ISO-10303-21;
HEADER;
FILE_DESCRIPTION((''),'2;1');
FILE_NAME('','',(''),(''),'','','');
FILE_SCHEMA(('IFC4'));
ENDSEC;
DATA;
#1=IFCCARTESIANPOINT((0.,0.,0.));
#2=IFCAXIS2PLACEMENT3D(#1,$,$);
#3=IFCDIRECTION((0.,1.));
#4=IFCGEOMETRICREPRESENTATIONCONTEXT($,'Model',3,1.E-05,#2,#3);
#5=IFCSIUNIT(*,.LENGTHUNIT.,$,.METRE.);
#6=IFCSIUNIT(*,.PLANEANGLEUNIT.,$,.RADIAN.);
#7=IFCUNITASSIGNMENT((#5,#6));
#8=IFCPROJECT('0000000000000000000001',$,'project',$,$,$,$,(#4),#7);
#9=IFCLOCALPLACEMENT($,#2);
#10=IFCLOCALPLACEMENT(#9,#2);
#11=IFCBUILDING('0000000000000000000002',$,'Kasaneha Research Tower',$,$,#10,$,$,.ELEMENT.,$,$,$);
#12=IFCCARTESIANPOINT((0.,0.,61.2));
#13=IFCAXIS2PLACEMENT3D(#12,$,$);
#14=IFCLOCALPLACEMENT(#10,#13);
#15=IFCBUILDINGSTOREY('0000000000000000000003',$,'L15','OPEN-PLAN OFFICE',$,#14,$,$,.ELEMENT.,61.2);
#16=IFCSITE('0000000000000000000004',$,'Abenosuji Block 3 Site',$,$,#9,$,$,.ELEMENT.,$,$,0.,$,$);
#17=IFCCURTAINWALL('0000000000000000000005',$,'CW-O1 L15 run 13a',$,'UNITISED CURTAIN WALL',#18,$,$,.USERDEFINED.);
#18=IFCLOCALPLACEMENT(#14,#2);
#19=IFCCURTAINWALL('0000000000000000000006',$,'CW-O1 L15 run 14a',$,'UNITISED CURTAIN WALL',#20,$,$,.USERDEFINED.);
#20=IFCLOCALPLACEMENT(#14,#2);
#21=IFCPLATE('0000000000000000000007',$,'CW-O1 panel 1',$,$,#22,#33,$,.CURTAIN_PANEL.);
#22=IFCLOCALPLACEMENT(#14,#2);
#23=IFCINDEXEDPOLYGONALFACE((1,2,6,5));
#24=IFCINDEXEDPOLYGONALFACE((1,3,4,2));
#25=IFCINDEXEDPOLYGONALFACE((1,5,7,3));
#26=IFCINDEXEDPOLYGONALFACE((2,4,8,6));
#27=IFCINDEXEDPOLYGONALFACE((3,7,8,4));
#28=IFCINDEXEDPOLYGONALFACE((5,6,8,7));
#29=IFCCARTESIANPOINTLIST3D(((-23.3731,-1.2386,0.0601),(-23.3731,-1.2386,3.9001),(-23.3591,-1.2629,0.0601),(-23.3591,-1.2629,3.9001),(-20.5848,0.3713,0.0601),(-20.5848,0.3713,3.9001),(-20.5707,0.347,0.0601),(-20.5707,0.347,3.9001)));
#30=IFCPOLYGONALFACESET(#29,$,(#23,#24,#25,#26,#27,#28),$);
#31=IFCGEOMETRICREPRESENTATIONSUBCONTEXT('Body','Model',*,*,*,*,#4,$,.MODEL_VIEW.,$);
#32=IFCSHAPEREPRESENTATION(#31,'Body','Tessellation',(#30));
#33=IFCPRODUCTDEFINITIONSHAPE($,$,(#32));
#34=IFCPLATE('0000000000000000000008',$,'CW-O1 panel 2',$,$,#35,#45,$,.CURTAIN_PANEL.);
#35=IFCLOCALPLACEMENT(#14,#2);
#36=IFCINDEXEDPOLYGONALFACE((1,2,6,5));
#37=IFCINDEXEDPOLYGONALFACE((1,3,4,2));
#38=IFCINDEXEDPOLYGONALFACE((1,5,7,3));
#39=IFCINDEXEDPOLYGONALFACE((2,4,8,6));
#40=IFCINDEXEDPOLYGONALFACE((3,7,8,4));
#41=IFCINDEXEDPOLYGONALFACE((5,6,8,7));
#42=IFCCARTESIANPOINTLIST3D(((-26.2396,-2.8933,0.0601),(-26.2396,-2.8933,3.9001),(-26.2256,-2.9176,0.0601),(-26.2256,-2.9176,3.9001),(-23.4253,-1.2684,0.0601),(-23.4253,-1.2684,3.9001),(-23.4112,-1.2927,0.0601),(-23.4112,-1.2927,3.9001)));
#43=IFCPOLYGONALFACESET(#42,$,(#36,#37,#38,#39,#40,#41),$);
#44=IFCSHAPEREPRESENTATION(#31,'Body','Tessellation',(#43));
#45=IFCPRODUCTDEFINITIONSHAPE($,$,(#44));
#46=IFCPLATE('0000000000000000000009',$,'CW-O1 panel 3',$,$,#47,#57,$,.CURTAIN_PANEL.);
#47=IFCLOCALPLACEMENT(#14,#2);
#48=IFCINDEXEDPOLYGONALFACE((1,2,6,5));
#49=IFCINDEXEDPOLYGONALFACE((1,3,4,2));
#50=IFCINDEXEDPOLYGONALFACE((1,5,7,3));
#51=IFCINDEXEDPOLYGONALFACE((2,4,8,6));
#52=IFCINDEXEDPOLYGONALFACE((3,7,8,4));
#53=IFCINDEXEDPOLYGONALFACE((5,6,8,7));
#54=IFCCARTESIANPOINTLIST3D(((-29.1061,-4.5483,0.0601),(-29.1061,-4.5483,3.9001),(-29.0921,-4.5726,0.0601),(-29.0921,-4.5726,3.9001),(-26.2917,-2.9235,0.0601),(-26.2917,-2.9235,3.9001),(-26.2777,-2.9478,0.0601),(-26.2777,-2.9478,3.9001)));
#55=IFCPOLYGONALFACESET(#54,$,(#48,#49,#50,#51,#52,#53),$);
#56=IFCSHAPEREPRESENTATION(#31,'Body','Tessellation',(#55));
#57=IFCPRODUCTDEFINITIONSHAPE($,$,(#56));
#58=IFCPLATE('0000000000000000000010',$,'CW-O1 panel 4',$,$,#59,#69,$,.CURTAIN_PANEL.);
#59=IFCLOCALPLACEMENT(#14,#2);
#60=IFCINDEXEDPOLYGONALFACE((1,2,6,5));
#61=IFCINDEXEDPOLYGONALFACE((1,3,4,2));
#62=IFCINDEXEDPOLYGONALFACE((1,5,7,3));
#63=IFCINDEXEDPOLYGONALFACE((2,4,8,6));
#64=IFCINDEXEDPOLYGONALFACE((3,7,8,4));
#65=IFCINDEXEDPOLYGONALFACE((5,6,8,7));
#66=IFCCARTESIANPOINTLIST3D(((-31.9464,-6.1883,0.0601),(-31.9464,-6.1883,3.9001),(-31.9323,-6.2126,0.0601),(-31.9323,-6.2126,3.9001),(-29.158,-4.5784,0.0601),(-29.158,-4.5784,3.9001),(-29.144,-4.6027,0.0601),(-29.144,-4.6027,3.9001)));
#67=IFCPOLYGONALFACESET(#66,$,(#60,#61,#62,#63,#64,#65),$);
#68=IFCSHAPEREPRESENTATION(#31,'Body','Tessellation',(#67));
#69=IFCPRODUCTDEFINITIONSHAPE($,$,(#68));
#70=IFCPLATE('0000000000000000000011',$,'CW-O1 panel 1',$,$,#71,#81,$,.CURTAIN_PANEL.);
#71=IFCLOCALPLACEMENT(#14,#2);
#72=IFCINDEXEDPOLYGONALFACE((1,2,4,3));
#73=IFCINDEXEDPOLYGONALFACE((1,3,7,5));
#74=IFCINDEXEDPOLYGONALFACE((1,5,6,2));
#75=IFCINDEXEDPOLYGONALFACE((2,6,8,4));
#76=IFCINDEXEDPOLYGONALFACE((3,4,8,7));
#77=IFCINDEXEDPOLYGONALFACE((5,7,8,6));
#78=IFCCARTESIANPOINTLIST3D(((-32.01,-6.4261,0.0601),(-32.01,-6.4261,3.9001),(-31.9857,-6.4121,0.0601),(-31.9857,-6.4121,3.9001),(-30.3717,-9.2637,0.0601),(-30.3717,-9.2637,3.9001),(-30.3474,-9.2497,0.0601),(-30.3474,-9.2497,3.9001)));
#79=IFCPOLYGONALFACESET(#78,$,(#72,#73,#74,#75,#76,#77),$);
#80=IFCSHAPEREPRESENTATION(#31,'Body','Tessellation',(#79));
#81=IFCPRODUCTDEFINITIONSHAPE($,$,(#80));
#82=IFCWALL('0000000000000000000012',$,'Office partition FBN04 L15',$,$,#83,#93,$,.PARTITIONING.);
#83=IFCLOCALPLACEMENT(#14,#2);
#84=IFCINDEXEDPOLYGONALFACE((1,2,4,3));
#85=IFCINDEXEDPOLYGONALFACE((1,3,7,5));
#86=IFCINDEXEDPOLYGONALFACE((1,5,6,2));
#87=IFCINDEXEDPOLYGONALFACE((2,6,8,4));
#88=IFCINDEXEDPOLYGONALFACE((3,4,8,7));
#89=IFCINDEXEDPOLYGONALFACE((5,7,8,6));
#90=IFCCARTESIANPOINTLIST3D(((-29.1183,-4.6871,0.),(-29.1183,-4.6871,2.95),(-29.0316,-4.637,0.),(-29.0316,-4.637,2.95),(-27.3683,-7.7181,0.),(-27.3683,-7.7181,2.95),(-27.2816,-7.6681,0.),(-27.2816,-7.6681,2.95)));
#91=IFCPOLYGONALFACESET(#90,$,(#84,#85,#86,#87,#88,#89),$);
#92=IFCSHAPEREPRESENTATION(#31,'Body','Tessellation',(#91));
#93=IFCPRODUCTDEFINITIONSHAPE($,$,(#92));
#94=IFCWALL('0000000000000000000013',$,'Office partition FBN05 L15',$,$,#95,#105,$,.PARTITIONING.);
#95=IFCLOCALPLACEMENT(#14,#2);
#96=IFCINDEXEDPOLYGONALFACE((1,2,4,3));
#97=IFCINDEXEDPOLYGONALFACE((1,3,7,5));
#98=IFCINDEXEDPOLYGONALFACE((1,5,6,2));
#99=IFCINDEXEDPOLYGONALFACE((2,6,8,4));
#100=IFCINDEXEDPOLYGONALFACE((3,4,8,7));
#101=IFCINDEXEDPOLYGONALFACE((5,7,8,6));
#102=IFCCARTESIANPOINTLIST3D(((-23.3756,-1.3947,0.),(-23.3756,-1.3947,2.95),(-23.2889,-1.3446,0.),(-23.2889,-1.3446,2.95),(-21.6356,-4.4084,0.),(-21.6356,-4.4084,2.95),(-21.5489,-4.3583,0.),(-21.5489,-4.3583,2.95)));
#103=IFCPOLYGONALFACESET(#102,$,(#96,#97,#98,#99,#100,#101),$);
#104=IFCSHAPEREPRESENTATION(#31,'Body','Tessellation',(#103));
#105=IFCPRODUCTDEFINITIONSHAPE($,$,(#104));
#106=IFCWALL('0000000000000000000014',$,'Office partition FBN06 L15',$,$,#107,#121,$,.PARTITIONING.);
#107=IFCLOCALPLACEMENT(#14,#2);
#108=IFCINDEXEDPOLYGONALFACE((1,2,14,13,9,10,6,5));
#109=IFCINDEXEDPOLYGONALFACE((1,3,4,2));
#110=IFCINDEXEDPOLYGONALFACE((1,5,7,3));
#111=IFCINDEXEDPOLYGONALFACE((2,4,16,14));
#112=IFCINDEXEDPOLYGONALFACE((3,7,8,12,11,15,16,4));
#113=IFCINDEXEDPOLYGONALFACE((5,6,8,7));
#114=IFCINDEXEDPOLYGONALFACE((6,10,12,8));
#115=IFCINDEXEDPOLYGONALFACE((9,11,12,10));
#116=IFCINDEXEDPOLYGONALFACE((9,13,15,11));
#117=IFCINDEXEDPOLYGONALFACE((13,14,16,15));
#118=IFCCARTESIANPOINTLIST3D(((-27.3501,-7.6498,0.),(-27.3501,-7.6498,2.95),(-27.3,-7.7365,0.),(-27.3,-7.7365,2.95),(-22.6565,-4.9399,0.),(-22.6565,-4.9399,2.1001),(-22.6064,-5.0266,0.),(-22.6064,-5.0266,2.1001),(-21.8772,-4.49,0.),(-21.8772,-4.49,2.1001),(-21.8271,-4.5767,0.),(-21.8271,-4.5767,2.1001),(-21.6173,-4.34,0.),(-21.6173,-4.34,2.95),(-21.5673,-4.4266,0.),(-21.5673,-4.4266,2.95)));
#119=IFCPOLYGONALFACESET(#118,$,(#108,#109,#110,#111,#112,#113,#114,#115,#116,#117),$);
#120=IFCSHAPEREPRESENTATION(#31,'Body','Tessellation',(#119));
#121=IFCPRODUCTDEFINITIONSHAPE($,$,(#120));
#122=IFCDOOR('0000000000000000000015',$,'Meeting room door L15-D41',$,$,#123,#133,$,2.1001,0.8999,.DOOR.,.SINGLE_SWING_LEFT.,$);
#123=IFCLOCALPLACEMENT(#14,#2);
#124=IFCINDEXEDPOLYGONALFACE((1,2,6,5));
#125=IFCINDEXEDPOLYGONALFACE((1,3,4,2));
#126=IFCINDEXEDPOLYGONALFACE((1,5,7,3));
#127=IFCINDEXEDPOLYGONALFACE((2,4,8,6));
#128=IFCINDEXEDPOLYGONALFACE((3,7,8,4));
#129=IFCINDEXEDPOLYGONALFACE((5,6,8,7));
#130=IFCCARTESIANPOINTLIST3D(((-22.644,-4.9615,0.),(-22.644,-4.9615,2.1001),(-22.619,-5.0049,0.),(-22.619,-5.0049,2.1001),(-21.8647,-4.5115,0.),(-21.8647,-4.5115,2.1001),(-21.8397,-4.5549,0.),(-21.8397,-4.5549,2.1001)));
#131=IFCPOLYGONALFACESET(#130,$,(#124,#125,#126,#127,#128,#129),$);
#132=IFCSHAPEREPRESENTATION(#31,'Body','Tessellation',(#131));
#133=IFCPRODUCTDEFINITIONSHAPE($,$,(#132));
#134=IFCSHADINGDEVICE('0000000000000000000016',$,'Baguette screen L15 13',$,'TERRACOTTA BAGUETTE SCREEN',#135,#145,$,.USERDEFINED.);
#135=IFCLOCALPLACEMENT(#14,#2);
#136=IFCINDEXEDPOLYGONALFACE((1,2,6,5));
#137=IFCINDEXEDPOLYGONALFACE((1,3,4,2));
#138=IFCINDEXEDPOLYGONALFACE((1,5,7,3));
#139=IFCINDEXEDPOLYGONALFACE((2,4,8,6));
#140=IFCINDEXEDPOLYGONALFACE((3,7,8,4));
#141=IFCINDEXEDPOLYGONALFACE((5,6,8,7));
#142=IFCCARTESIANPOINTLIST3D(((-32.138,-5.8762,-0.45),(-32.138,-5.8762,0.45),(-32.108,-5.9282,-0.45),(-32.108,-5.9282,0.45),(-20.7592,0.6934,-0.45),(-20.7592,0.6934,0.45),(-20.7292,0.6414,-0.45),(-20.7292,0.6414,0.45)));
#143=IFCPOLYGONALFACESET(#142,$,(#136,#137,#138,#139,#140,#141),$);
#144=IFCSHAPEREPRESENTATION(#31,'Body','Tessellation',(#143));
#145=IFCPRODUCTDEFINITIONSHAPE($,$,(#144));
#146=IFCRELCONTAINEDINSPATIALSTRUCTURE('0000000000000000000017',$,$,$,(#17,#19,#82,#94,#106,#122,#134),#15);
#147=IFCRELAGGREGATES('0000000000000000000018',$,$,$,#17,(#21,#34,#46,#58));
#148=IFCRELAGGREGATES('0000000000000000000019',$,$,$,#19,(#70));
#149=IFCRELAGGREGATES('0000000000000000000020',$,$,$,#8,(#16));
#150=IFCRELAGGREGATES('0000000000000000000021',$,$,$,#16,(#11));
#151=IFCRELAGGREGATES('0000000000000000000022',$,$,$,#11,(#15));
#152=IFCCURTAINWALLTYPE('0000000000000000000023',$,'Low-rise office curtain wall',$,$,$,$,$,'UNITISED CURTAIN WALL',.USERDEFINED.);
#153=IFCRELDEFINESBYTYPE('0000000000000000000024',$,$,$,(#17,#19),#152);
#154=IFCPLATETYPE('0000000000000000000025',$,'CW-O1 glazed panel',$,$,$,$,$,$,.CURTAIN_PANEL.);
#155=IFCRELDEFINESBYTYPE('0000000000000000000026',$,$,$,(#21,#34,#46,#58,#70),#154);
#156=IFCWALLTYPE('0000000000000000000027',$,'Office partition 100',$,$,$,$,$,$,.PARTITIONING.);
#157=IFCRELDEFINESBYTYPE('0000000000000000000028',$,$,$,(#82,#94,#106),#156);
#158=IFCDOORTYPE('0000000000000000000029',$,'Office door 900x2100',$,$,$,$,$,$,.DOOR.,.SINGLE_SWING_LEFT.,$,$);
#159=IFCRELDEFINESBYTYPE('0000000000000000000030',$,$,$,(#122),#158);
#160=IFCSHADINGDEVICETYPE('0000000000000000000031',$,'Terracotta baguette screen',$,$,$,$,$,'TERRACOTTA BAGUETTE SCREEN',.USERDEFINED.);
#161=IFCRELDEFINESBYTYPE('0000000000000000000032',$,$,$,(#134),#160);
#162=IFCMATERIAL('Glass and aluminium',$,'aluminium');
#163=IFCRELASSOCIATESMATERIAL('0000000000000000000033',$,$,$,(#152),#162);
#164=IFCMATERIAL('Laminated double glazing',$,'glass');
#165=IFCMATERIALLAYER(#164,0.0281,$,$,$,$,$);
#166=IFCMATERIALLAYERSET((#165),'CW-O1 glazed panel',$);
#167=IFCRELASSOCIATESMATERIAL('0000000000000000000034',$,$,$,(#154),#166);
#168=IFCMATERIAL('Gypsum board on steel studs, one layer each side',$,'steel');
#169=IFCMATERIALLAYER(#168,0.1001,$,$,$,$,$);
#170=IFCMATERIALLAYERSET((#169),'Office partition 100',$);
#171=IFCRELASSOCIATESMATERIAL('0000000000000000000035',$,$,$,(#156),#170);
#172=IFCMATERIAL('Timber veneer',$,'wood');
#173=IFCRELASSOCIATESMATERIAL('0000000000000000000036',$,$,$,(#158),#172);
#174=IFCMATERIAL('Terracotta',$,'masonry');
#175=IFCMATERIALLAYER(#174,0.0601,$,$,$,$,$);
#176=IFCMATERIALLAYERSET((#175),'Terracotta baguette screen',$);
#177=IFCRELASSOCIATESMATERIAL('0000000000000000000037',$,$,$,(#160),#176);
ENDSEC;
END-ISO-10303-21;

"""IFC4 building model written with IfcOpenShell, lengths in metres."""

from ifc_helpers import new_model, si_unit, direction, frame, frame_2d, origin, origin_2d, place, context, subcontext, project, spatial, rectangle, extrude, material, layer, layer_set, type_object, element, fill, aggregate, save


model = new_model("IFC4")

# Units and contexts
model_context = context("Model", 3, precision=1e-05, world=origin(), true_north=direction((0.0, 1.0)))
body_context = subcontext(model_context, "Body", "Model", "MODEL_VIEW")
ifc_project = project(units=[si_unit("LENGTHUNIT", "METRE"), si_unit("PLANEANGLEUNIT", "RADIAN")], contexts=[model_context])

# Site, building, storey
site_placement = place(None, origin())
site = spatial("IfcSite", under=ifc_project, at=site_placement, Name="Abenosuji Block 3 Site", CompositionType="ELEMENT", RefElevation=0.0)
building_placement = place(site_placement, origin())
building = spatial("IfcBuilding", under=site, at=building_placement, Name="Kasaneha Research Tower", CompositionType="ELEMENT")
storey_placement = place(building_placement, frame((0.0, 0.0, 61.2)))
storey = spatial("IfcBuildingStorey", under=building, at=storey_placement, Name="L15", Description="OPEN-PLAN OFFICE", CompositionType="ELEMENT", Elevation=61.2)

# Curtain wall
ifc_material_1 = material(Name="Glass and aluminium", Category="aluminium")
curtain_wall_type = type_object("IfcCurtainWallType", Name="Low-rise office curtain wall", ElementType="UNITISED CURTAIN WALL", PredefinedType="USERDEFINED", material=ifc_material_1)
curtain_wall_1_placement = place(storey_placement, origin())
curtain_wall_1 = element("IfcCurtainWall", 1, at=curtain_wall_1_placement, inside=storey, type_object=curtain_wall_type, Name="CW-O1 L15 run 13a", ObjectType="UNITISED CURTAIN WALL", PredefinedType="USERDEFINED")

# Curtain wall
curtain_wall_2_placement = place(storey_placement, origin())
curtain_wall_2 = element("IfcCurtainWall", 2, at=curtain_wall_2_placement, inside=storey, type_object=curtain_wall_type, Name="CW-O1 L15 run 14a", ObjectType="UNITISED CURTAIN WALL", PredefinedType="USERDEFINED")

# Plates
ifc_material_2 = material(Name="Laminated double glazing", Category="glass")
ifc_layer_1 = layer(ifc_material_2, 0.0281)
ifc_layer_set_1 = layer_set([ifc_layer_1], Name="CW-O1 glazed panel")
plate_type = type_object("IfcPlateType", Name="CW-O1 glazed panel", PredefinedType="CURTAIN_PANEL", material=ifc_layer_set_1)
plate_1_placement = place(storey_placement, frame((-21.9719, -0.4458, 0.0601), z_axis=(0.0, 0.0, 1.0), x_axis=(-0.866025, -0.5, 0.0)))
plate_1 = element("IfcPlate", 3, at=plate_1_placement, type_object=plate_type, Name="CW-O1 panel 1", PredefinedType="CURTAIN_PANEL", context=body_context, shape_type="SweptSolid", body=[
    extrude(rectangle(XDim=3.2197, YDim=0.0281, at=origin_2d()), origin(), (0.0, 0.0, 1.0), 3.8401),
])
plate_2_placement = place(storey_placement, frame((-24.8254, -2.093, 0.0601), z_axis=(0.0, 0.0, 1.0), x_axis=(-0.866025, -0.5, 0.0)))
plate_2 = element("IfcPlate", 4, at=plate_2_placement, type_object=plate_type, Name="CW-O1 panel 2", PredefinedType="CURTAIN_PANEL", context=body_context, shape_type="SweptSolid", body=[
    extrude(rectangle(XDim=3.2498, YDim=0.0281, at=origin_2d()), origin(), (0.0, 0.0, 1.0), 3.8401),
])
plate_3_placement = place(storey_placement, frame((-27.6919, -3.748, 0.0601), z_axis=(0.0, 0.0, 1.0), x_axis=(-0.866025, -0.5, 0.0)))
plate_3 = element("IfcPlate", 5, at=plate_3_placement, type_object=plate_type, Name="CW-O1 panel 3", PredefinedType="CURTAIN_PANEL", context=body_context, shape_type="SweptSolid", body=[
    extrude(rectangle(XDim=3.2498, YDim=0.0281, at=origin_2d()), origin(), (0.0, 0.0, 1.0), 3.8401),
])
plate_4_placement = place(storey_placement, frame((-30.5452, -5.3955, 0.0601), z_axis=(0.0, 0.0, 1.0), x_axis=(-0.866025, -0.5, 0.0)))
plate_4 = element("IfcPlate", 6, at=plate_4_placement, type_object=plate_type, Name="CW-O1 panel 4", PredefinedType="CURTAIN_PANEL", context=body_context, shape_type="SweptSolid", body=[
    extrude(rectangle(XDim=3.2197, YDim=0.0281, at=origin_2d()), origin(), (0.0, 0.0, 1.0), 3.8401),
])
aggregate(curtain_wall_1, [plate_1, plate_2, plate_3, plate_4])
plate_5_placement = place(storey_placement, frame((-31.1787, -7.8379, 0.0601), z_axis=(0.0, 0.0, 1.0), x_axis=(0.5, -0.866025, 0.0)))
plate_5 = element("IfcPlate", 7, at=plate_5_placement, type_object=plate_type, Name="CW-O1 panel 1", PredefinedType="CURTAIN_PANEL", context=body_context, shape_type="SweptSolid", body=[
    extrude(rectangle(XDim=3.2766, YDim=0.0281, at=origin_2d()), origin(), (0.0, 0.0, 1.0), 3.8401),
])
aggregate(curtain_wall_2, [plate_5])

# Walls
ifc_material_3 = material(Name="Gypsum board on steel studs, one layer each side", Category="steel")
ifc_layer_2 = layer(ifc_material_3, 0.1001)
ifc_layer_set_2 = layer_set([ifc_layer_2], Name="Office partition 100")
wall_type = type_object("IfcWallType", Name="Office partition 100", PredefinedType="PARTITIONING", material=ifc_layer_set_2)
wall_1_placement = place(storey_placement, frame((-27.325, -7.6931, 0.0), z_axis=(0.0, 0.0, 1.0), x_axis=(-0.50001, 0.866019, 0.0)))
element("IfcWall", 8, at=wall_1_placement, inside=storey, type_object=wall_type, Name="Office partition FBN04 L15", PredefinedType="PARTITIONING", context=body_context, shape_type="SweptSolid", body=[
    extrude(rectangle(XDim=3.5, YDim=0.1001, at=frame_2d((1.75, 0.0))), origin(), (0.0, 0.0, 1.0), 2.95),
])
wall_2_placement = place(storey_placement, frame((-23.3323, -1.3696, 0.0), z_axis=(0.0, 0.0, 1.0), x_axis=(0.50001, -0.86602, 0.0)))
element("IfcWall", 9, at=wall_2_placement, inside=storey, type_object=wall_type, Name="Office partition FBN05 L15", PredefinedType="PARTITIONING", context=body_context, shape_type="SweptSolid", body=[
    extrude(rectangle(XDim=3.48, YDim=0.1001, at=frame_2d((1.74, 0.0))), origin(), (0.0, 0.0, 1.0), 2.95),
])

# Wall, opening, door
wall_3_placement = place(storey_placement, frame((-21.5923, -4.3833, 0.0), z_axis=(0.0, 0.0, 1.0), x_axis=(-0.866022, -0.500007, 0.0)))
wall_3 = element("IfcWall", 10, at=wall_3_placement, inside=storey, type_object=wall_type, Name="Office partition FBN06 L15", PredefinedType="PARTITIONING", context=body_context, shape_type="SweptSolid", body=[
    extrude(rectangle(XDim=6.6196, YDim=0.1001, at=frame_2d((3.3098, 0.0))), origin(), (0.0, 0.0, 1.0), 2.95),
])
opening_placement = place(wall_3_placement, frame((0.3, 0.0, 0.0)))
opening = element("IfcOpeningElement", 11, at=opening_placement, cuts=wall_3, PredefinedType="OPENING", context=body_context, shape_type="SweptSolid", body=[
    extrude(rectangle(XDim=0.8999, YDim=2.1001, at=frame_2d((0.45, 1.05))), frame((0.0, 0.0601, 0.0), z_axis=(0.0, -1.0, 0.0), x_axis=(1.0, 0.0, 0.0)), (0.0, 0.0, 1.0), 0.1201),
])
ifc_material_4 = material(Name="Timber veneer", Category="wood")
door_type = type_object("IfcDoorType", Name="Office door 900x2100", OperationType="SINGLE_SWING_LEFT", PredefinedType="DOOR", material=ifc_material_4)
door_placement = place(opening_placement, origin())
door = element("IfcDoor", 12, at=door_placement, inside=storey, type_object=door_type, Name="Meeting room door L15-D41", OperationType="SINGLE_SWING_LEFT", OverallHeight=2.1001, OverallWidth=0.8999, PredefinedType="DOOR", context=body_context, shape_type="SweptSolid", body=[
    extrude(rectangle(XDim=0.8999, YDim=2.1001, at=frame_2d((0.45, 1.05))), frame((0.0, 0.0249, 0.0), z_axis=(0.0, -1.0, 0.0), x_axis=(1.0, 0.0, 0.0)), (0.0, 0.0, 1.0), 0.05),
])
fill(opening, door)

# Shading device
ifc_material_5 = material(Name="Terracotta", Category="masonry")
ifc_layer_3 = layer(ifc_material_5, 0.0601)
ifc_layer_set_3 = layer_set([ifc_layer_3], Name="Terracotta baguette screen")
shading_device_type = type_object("IfcShadingDeviceType", Name="Terracotta baguette screen", ElementType="TERRACOTTA BAGUETTE SCREEN", PredefinedType="USERDEFINED", material=ifc_layer_set_3)
shading_device_placement = place(storey_placement, frame((-26.4336, -2.6174, -0.45), z_axis=(0.0, 0.0, 1.0), x_axis=(-0.866025, -0.5, 0.0)))
element("IfcShadingDevice", 13, at=shading_device_placement, inside=storey, type_object=shading_device_type, Name="Baguette screen L15 13", ObjectType="TERRACOTTA BAGUETTE SCREEN", PredefinedType="USERDEFINED", context=body_context, shape_type="SweptSolid", body=[
    extrude(rectangle(XDim=13.1392, YDim=0.0601, at=origin_2d()), origin(), (0.0, 0.0, 1.0), 0.8999),
])

save(model, "model.ifc")
